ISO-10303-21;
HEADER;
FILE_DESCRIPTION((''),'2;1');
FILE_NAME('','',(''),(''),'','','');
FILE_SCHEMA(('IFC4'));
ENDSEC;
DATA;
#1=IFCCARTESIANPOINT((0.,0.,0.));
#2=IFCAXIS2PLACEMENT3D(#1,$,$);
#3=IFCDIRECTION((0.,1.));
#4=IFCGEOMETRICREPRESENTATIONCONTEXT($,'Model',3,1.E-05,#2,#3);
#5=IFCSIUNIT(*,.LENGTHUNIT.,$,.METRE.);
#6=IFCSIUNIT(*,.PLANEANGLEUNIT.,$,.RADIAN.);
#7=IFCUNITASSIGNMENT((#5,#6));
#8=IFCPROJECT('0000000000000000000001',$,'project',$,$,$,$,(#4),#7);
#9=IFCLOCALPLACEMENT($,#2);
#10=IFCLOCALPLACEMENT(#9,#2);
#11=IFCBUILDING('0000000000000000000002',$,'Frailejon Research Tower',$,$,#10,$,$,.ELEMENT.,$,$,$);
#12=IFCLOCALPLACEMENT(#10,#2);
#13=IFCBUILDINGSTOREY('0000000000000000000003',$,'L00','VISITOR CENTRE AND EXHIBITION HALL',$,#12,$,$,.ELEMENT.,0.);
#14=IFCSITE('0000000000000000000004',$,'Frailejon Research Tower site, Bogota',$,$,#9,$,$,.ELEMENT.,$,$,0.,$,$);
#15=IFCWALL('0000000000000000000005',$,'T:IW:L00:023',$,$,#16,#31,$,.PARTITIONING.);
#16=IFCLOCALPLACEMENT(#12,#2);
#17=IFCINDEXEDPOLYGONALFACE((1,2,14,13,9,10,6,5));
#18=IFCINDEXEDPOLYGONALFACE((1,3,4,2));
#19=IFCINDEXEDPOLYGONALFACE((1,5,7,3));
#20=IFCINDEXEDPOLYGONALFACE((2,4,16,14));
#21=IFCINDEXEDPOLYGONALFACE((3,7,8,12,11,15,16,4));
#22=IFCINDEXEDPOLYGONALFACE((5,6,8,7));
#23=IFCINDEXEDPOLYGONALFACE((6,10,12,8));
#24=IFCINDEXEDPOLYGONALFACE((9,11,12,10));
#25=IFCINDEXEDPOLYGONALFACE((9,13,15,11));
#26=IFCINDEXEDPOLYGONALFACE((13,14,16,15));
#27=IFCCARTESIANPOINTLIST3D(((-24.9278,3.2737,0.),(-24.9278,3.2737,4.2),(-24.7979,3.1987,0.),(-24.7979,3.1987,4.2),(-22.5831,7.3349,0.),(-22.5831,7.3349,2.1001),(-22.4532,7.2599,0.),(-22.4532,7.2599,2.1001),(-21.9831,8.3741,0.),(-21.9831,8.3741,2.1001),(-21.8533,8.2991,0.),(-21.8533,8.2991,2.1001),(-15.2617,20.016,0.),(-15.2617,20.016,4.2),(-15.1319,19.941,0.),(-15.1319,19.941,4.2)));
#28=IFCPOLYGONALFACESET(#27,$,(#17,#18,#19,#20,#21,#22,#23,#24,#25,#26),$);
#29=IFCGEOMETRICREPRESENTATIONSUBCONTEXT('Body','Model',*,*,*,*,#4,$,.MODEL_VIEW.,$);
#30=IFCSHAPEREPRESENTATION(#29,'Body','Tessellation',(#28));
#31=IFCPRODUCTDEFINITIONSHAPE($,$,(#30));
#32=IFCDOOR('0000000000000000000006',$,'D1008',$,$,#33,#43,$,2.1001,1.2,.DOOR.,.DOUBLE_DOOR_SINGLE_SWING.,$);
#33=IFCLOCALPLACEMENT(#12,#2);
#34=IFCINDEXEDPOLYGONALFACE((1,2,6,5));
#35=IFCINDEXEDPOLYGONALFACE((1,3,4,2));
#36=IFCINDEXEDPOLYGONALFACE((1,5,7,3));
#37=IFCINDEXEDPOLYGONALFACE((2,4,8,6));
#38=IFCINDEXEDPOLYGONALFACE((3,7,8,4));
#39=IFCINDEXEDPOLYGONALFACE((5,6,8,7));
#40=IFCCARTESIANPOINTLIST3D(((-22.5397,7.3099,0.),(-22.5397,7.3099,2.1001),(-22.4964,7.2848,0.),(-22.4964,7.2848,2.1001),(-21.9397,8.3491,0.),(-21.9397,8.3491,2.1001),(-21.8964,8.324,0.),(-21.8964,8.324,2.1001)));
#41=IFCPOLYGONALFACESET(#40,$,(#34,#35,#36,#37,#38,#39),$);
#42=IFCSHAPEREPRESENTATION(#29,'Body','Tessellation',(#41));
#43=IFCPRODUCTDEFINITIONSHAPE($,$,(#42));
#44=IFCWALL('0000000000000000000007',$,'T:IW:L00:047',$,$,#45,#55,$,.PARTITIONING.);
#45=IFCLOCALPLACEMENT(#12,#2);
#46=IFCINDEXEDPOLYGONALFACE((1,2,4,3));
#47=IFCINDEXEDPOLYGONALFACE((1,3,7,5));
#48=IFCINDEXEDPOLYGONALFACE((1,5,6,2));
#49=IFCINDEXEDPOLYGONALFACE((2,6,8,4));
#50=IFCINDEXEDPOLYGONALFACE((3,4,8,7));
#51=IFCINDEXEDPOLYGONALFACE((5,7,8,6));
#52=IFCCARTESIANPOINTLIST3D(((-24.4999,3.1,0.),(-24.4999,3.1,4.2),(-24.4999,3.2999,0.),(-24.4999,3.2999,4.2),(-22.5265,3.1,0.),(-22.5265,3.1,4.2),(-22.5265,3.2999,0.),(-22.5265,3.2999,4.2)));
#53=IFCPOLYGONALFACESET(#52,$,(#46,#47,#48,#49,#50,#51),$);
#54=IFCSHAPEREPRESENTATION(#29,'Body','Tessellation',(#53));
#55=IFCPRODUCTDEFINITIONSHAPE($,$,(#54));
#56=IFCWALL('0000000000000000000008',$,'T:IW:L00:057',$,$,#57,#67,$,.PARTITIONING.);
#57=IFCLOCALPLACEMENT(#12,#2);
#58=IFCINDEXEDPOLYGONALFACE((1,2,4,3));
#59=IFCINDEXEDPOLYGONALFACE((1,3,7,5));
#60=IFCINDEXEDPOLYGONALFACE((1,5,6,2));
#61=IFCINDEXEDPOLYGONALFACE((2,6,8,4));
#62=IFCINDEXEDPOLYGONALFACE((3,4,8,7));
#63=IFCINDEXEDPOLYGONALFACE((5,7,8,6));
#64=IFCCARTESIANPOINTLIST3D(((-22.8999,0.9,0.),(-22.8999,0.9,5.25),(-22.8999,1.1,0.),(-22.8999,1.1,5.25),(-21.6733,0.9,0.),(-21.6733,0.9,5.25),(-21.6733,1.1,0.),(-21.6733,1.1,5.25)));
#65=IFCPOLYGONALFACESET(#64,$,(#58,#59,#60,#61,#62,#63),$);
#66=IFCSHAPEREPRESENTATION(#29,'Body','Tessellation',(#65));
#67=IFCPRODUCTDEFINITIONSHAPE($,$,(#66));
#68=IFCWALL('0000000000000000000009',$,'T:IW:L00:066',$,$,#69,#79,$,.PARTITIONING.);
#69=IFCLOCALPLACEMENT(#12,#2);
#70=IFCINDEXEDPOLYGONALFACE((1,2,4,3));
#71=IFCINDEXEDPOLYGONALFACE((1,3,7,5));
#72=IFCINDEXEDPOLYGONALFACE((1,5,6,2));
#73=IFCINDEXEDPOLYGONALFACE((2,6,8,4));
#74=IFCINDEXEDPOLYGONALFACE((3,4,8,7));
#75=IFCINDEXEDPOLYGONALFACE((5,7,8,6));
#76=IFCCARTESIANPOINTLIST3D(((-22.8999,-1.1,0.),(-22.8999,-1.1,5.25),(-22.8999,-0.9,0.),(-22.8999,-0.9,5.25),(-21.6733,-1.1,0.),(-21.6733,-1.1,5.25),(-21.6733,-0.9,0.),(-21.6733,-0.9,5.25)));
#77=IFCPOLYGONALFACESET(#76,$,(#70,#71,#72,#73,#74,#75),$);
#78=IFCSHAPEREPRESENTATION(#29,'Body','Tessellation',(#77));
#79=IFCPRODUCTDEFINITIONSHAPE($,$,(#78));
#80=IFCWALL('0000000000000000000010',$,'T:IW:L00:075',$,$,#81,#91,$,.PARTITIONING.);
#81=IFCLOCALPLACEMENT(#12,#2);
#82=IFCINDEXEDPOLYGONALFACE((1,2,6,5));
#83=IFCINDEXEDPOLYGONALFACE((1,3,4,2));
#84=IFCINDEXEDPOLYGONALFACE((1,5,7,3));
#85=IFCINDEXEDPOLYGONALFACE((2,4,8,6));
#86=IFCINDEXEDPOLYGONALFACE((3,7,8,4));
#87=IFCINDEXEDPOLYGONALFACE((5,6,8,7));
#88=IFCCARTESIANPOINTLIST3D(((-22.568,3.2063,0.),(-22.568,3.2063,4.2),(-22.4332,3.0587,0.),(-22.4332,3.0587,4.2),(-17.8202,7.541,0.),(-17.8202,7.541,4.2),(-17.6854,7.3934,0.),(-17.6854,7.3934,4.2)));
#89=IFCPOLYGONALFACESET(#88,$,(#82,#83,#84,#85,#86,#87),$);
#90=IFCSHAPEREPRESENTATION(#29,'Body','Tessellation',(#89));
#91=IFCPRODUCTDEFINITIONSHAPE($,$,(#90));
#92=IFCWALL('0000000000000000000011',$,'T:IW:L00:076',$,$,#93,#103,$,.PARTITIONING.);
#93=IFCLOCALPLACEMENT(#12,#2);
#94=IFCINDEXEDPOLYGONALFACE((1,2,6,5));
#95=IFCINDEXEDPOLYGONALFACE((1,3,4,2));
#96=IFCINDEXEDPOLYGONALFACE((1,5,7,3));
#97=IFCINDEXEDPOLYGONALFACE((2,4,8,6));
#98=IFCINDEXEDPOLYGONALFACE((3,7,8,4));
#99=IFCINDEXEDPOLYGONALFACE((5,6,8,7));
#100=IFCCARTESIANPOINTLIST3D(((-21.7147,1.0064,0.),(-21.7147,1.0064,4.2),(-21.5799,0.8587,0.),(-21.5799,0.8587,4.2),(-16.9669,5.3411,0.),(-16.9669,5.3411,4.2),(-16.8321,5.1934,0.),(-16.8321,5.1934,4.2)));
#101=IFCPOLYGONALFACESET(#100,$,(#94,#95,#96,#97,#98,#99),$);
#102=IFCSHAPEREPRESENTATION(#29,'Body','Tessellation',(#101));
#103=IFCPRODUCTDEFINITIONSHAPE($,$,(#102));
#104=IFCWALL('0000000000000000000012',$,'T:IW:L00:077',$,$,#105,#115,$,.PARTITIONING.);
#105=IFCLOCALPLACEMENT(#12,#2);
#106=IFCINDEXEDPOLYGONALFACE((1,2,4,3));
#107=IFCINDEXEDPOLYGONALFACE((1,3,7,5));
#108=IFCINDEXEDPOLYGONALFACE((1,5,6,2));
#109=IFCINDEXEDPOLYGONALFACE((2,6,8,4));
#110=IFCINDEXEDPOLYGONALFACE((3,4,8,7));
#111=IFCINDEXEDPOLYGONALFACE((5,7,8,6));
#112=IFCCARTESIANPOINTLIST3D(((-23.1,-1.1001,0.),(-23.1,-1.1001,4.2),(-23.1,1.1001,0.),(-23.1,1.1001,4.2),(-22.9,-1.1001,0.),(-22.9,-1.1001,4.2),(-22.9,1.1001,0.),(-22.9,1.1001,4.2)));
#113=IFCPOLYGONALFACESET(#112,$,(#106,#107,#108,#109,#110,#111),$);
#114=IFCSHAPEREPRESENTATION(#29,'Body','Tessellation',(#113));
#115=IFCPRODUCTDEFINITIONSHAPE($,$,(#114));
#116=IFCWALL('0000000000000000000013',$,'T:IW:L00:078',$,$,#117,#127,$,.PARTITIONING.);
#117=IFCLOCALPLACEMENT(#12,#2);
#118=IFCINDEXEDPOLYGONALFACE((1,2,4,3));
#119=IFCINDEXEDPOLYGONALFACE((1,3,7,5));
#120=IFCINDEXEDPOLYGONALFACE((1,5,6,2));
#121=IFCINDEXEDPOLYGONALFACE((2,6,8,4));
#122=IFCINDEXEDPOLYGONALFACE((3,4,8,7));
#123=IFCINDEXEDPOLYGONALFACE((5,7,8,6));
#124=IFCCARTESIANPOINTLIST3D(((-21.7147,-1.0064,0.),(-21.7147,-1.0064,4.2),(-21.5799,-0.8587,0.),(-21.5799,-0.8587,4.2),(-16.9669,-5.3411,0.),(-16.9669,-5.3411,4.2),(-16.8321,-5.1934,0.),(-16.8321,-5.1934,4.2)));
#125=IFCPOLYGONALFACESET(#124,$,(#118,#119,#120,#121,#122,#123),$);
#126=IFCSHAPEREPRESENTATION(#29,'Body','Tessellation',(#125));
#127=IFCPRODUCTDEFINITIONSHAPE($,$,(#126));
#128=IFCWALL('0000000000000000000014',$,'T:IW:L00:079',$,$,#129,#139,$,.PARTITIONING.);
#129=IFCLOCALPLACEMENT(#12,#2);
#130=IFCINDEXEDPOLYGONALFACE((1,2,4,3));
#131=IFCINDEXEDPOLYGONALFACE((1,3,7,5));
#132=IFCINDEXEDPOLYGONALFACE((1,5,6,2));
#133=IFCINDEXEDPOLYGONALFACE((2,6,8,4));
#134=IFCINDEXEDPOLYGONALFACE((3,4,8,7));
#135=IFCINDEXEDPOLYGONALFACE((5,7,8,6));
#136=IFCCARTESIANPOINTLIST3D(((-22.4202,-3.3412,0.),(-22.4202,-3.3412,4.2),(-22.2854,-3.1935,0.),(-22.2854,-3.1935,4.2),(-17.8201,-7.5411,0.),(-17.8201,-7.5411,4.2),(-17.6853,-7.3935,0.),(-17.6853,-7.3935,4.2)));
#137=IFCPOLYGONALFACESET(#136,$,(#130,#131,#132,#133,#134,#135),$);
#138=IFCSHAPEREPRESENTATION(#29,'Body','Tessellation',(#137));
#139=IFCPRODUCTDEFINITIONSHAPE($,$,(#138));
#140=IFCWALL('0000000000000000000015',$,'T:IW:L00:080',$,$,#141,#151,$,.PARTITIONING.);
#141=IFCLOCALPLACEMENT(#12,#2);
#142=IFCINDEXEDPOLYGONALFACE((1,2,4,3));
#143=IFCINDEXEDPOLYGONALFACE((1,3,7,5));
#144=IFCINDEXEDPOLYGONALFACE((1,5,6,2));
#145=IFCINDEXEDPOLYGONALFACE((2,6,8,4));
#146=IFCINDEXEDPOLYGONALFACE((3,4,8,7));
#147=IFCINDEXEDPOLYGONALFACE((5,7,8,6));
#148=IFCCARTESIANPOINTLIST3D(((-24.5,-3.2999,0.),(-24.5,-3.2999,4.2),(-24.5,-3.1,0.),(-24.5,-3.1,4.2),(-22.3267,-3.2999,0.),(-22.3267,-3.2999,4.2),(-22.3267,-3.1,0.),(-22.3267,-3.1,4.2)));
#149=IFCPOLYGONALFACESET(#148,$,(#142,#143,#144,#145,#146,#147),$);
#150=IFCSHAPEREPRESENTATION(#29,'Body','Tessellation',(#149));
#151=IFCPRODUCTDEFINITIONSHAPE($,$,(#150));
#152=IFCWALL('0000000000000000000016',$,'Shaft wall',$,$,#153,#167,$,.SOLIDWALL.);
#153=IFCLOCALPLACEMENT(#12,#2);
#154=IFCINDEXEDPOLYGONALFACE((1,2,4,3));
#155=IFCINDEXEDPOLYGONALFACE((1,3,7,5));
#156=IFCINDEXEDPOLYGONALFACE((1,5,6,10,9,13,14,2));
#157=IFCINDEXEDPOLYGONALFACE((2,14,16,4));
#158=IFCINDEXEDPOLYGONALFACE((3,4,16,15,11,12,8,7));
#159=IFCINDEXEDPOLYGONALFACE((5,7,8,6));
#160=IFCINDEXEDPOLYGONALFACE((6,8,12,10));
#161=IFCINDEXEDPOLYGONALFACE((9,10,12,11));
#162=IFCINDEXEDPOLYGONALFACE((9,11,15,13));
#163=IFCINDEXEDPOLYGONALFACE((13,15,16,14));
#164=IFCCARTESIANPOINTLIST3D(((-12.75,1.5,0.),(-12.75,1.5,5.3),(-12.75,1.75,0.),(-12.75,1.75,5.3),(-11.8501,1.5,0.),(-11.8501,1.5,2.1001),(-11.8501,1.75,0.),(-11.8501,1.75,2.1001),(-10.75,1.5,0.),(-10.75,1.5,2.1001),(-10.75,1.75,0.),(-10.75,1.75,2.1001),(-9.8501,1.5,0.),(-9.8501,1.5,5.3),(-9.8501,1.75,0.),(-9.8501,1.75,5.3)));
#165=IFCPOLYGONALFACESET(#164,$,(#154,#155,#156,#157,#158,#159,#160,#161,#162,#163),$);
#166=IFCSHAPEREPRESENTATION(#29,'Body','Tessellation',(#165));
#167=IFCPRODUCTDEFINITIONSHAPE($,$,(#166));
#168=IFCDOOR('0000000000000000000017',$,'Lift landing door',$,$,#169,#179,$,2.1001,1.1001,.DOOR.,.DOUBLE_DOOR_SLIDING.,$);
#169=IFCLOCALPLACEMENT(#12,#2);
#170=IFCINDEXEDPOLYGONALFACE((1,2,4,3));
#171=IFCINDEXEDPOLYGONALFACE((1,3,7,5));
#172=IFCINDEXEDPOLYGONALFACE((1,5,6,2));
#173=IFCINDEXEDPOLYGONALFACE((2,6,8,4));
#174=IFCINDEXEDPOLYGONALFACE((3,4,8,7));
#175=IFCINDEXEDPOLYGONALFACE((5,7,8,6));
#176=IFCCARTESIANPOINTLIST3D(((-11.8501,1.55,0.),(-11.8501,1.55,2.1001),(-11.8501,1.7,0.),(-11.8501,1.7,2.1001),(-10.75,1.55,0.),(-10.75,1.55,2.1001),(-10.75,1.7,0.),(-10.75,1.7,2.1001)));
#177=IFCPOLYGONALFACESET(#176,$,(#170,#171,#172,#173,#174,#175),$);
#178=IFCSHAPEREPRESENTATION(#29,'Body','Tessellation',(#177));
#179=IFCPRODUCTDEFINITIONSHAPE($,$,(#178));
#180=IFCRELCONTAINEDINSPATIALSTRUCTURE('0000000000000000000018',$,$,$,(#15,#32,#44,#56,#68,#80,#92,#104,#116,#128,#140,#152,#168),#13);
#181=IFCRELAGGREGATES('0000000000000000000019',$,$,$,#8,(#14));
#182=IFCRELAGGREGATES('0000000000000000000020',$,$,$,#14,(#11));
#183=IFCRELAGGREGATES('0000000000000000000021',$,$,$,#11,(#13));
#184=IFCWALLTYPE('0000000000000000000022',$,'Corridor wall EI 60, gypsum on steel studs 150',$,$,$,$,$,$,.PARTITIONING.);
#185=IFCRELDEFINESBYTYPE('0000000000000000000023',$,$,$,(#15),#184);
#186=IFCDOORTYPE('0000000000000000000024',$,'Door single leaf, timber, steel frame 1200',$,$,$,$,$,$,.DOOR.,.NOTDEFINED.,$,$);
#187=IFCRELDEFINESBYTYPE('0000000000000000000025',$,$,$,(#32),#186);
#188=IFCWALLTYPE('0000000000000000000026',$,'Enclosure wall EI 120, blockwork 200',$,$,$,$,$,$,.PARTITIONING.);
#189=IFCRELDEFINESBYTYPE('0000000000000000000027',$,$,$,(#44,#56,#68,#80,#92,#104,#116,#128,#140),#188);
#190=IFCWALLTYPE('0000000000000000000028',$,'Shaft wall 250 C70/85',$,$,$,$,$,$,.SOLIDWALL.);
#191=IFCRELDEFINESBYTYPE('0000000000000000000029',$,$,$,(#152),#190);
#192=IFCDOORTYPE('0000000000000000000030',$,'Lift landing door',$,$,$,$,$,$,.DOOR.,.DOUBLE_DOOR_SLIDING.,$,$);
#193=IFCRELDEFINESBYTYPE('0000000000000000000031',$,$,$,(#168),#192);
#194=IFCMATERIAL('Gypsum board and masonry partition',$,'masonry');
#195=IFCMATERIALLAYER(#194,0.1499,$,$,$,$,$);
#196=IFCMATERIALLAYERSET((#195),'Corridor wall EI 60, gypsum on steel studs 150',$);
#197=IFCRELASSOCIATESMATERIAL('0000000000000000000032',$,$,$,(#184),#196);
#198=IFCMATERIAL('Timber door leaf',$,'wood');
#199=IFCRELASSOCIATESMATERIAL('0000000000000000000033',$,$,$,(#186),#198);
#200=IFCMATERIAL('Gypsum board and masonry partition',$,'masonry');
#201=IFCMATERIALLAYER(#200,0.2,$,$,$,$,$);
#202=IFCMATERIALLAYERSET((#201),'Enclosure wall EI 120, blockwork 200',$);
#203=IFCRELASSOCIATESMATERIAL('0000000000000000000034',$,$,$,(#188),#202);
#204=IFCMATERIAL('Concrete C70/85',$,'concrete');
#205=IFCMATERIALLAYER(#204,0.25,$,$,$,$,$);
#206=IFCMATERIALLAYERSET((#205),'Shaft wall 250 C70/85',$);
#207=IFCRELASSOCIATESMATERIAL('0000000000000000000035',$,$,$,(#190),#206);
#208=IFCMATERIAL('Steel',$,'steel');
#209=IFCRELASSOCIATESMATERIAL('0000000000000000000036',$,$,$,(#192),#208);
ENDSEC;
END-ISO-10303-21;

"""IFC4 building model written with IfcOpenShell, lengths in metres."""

from ifc_helpers import new_model, si_unit, direction, frame, frame_2d, origin, place, context, subcontext, project, spatial, rectangle, extrude, material, layer, layer_set, type_object, element, fill, save


model = new_model("IFC4")

# Units and contexts
model_context = context("Model", 3, precision=1e-05, world=origin(), true_north=direction((0.0, 1.0)))
body_context = subcontext(model_context, "Body", "Model", "MODEL_VIEW")
ifc_project = project(units=[si_unit("LENGTHUNIT", "METRE"), si_unit("PLANEANGLEUNIT", "RADIAN")], contexts=[model_context])

# Site, building, storey
site_placement = place(None, origin())
site = spatial("IfcSite", under=ifc_project, at=site_placement, Name="Frailejon Research Tower site, Bogota", CompositionType="ELEMENT", RefElevation=0.0)
building_placement = place(site_placement, origin())
building = spatial("IfcBuilding", under=site, at=building_placement, Name="Frailejon Research Tower", CompositionType="ELEMENT")
storey_placement = place(building_placement, origin())
storey = spatial("IfcBuildingStorey", under=building, at=storey_placement, Name="L00", Description="VISITOR CENTRE AND EXHIBITION HALL", CompositionType="ELEMENT", Elevation=0.0)

# Wall, opening, door
ifc_material_1 = material(Name="Gypsum board and masonry partition", Category="masonry")
ifc_layer_1 = layer(ifc_material_1, 0.1499)
ifc_layer_set_1 = layer_set([ifc_layer_1], Name="Corridor wall EI 60, gypsum on steel studs 150")
wall_type_1 = type_object("IfcWallType", Name="Corridor wall EI 60, gypsum on steel studs 150", PredefinedType="PARTITIONING", material=ifc_layer_set_1)
wall_1_placement = place(storey_placement, frame((-24.8628, 3.2363, 0.0), z_axis=(0.0, 0.0, 1.0), x_axis=(0.499996, 0.866027, 0.0)))
wall_1 = element("IfcWall", 1, at=wall_1_placement, inside=storey, type_object=wall_type_1, Name="T:IW:L00:023", PredefinedType="PARTITIONING", context=body_context, shape_type="SweptSolid", body=[
    extrude(rectangle(XDim=19.3323, YDim=0.1499, at=frame_2d((9.666, 0.0))), origin(), (0.0, 0.0, 1.0), 4.2),
])
opening_1_placement = place(wall_1_placement, frame((4.6892, 0.0, 0.0)))
opening_1 = element("IfcOpeningElement", 2, at=opening_1_placement, cuts=wall_1, PredefinedType="OPENING", context=body_context, shape_type="SweptSolid", body=[
    extrude(rectangle(XDim=1.2, YDim=2.1001, at=frame_2d((0.6001, 1.05))), frame((0.0, 0.085, 0.0), z_axis=(0.0, -1.0, 0.0), x_axis=(1.0, 0.0, 0.0)), (0.0, 0.0, 1.0), 0.1699),
])
ifc_material_2 = material(Name="Timber door leaf", Category="wood")
door_type_1 = type_object("IfcDoorType", Name="Door single leaf, timber, steel frame 1200", OperationType="NOTDEFINED", PredefinedType="DOOR", material=ifc_material_2)
door_1_placement = place(opening_1_placement, origin())
door_1 = element("IfcDoor", 3, at=door_1_placement, inside=storey, type_object=door_type_1, Name="D1008", OperationType="DOUBLE_DOOR_SINGLE_SWING", OverallHeight=2.1001, OverallWidth=1.2, PredefinedType="DOOR", context=body_context, shape_type="SweptSolid", body=[
    extrude(rectangle(XDim=1.2, YDim=2.1001, at=frame_2d((0.6001, 1.05))), frame((0.0, 0.0249, 0.0), z_axis=(0.0, -1.0, 0.0), x_axis=(1.0, 0.0, 0.0)), (0.0, 0.0, 1.0), 0.05),
])
fill(opening_1, door_1)

# Walls
ifc_material_3 = material(Name="Gypsum board and masonry partition", Category="masonry")
ifc_layer_2 = layer(ifc_material_3, 0.2)
ifc_layer_set_2 = layer_set([ifc_layer_2], Name="Enclosure wall EI 120, blockwork 200")
wall_type_2 = type_object("IfcWallType", Name="Enclosure wall EI 120, blockwork 200", PredefinedType="PARTITIONING", material=ifc_layer_set_2)
wall_2_placement = place(storey_placement, frame((-24.5, 3.2, 0.0), z_axis=(0.0, 0.0, 1.0), x_axis=(1.0, 0.0, 0.0)))
element("IfcWall", 4, at=wall_2_placement, inside=storey, type_object=wall_type_2, Name="T:IW:L00:047", PredefinedType="PARTITIONING", context=body_context, shape_type="SweptSolid", body=[
    extrude(rectangle(XDim=1.9734, YDim=0.2, at=frame_2d((0.9868, 0.0))), origin(), (0.0, 0.0, 1.0), 4.2),
])
for number, where, z_axis, x_axis, name in (
    (5, (-22.8999, 1.0, 0.0), (0.0, 0.0, 1.0), (1.0, 0.0, 0.0), "T:IW:L00:057"),
    (6, (-22.8999, -1.0, 0.0), (0.0, 0.0, 1.0), (1.0, 0.0, 0.0), "T:IW:L00:066"),
):
    element("IfcWall", number, at=place(storey_placement, frame(where, z_axis=z_axis, x_axis=x_axis)), inside=storey, type_object=wall_type_2, Name=name, PredefinedType="PARTITIONING", context=body_context, shape_type="SweptSolid", body=[
        extrude(rectangle(XDim=1.2266, YDim=0.2, at=frame_2d((0.6133, 0.0))), origin(), (0.0, 0.0, 1.0), 5.25),
    ])
for number, where, z_axis, x_axis, name in (
    (7, (-22.5005, 3.1326, 0.0), (0.0, 0.0, 1.0), (0.738504, 0.67425, 0.0), "T:IW:L00:075"),
    (8, (-21.6472, 0.9326, 0.0), (0.0, 0.0, 1.0), (0.738504, 0.67425, 0.0), "T:IW:L00:076"),
):
    element("IfcWall", number, at=place(storey_placement, frame(where, z_axis=z_axis, x_axis=x_axis)), inside=storey, type_object=wall_type_2, Name=name, PredefinedType="PARTITIONING", context=body_context, shape_type="SweptSolid", body=[
        extrude(rectangle(XDim=6.429, YDim=0.2, at=frame_2d((3.2144, 0.0))), origin(), (0.0, 0.0, 1.0), 4.2),
    ])
wall_3_placement = place(storey_placement, frame((-23.0, -1.1001, 0.0), z_axis=(0.0, 0.0, 1.0), x_axis=(0.0, 1.0, 0.0)))
element("IfcWall", 9, at=wall_3_placement, inside=storey, type_object=wall_type_2, Name="T:IW:L00:077", PredefinedType="PARTITIONING", context=body_context, shape_type="SweptSolid", body=[
    extrude(rectangle(XDim=2.2002, YDim=0.2, at=frame_2d((1.1001, 0.0))), origin(), (0.0, 0.0, 1.0), 4.2),
])
wall_4_placement = place(storey_placement, frame((-21.6472, -0.9326, 0.0), z_axis=(0.0, 0.0, 1.0), x_axis=(0.738504, -0.67425, 0.0)))
element("IfcWall", 10, at=wall_4_placement, inside=storey, type_object=wall_type_2, Name="T:IW:L00:078", PredefinedType="PARTITIONING", context=body_context, shape_type="SweptSolid", body=[
    extrude(rectangle(XDim=6.429, YDim=0.2, at=frame_2d((3.2144, 0.0))), origin(), (0.0, 0.0, 1.0), 4.2),
])
wall_5_placement = place(storey_placement, frame((-22.3528, -3.2673, 0.0), z_axis=(0.0, 0.0, 1.0), x_axis=(0.738497, -0.674257, 0.0)))
element("IfcWall", 11, at=wall_5_placement, inside=storey, type_object=wall_type_2, Name="T:IW:L00:079", PredefinedType="PARTITIONING", context=body_context, shape_type="SweptSolid", body=[
    extrude(rectangle(XDim=6.229, YDim=0.2, at=frame_2d((3.1145, 0.0))), origin(), (0.0, 0.0, 1.0), 4.2),
])
wall_6_placement = place(storey_placement, frame((-24.5, -3.2, 0.0), z_axis=(0.0, 0.0, 1.0), x_axis=(1.0, 0.0, 0.0)))
element("IfcWall", 12, at=wall_6_placement, inside=storey, type_object=wall_type_2, Name="T:IW:L00:080", PredefinedType="PARTITIONING", context=body_context, shape_type="SweptSolid", body=[
    extrude(rectangle(XDim=2.1733, YDim=0.2, at=frame_2d((1.0867, 0.0))), origin(), (0.0, 0.0, 1.0), 4.2),
])

# Wall, opening, door
ifc_material_4 = material(Name="Concrete C70/85", Category="concrete")
ifc_layer_3 = layer(ifc_material_4, 0.25)
ifc_layer_set_3 = layer_set([ifc_layer_3], Name="Shaft wall 250 C70/85")
wall_type_3 = type_object("IfcWallType", Name="Shaft wall 250 C70/85", PredefinedType="SOLIDWALL", material=ifc_layer_set_3)
wall_7_placement = place(storey_placement, frame((-12.75, 1.625, 0.0), z_axis=(0.0, 0.0, 1.0), x_axis=(1.0, 0.0, 0.0)))
wall_7 = element("IfcWall", 13, at=wall_7_placement, inside=storey, type_object=wall_type_3, Name="Shaft wall", PredefinedType="SOLIDWALL", context=body_context, shape_type="SweptSolid", body=[
    extrude(rectangle(XDim=2.8999, YDim=0.25, at=frame_2d((1.45, 0.0))), origin(), (0.0, 0.0, 1.0), 5.3),
])
opening_2_placement = place(wall_7_placement, frame((0.8999, 0.0, 0.0)))
opening_2 = element("IfcOpeningElement", 14, at=opening_2_placement, cuts=wall_7, PredefinedType="OPENING", context=body_context, shape_type="SweptSolid", body=[
    extrude(rectangle(XDim=1.1001, YDim=2.1001, at=frame_2d((0.55, 1.05))), frame((0.0, 0.135, 0.0), z_axis=(0.0, -1.0, 0.0), x_axis=(1.0, 0.0, 0.0)), (0.0, 0.0, 1.0), 0.27),
])
ifc_material_5 = material(Name="Steel", Category="steel")
door_type_2 = type_object("IfcDoorType", Name="Lift landing door", OperationType="DOUBLE_DOOR_SLIDING", PredefinedType="DOOR", material=ifc_material_5)
door_2_placement = place(opening_2_placement, origin())
door_2 = element("IfcDoor", 15, at=door_2_placement, inside=storey, type_object=door_type_2, Name="Lift landing door", OperationType="DOUBLE_DOOR_SLIDING", OverallHeight=2.1001, OverallWidth=1.1001, PredefinedType="DOOR", context=body_context, shape_type="SweptSolid", body=[
    extrude(rectangle(XDim=1.1001, YDim=2.1001, at=frame_2d((0.55, 1.05))), frame((0.0, 0.075, 0.0), z_axis=(0.0, -1.0, 0.0), x_axis=(1.0, 0.0, 0.0)), (0.0, 0.0, 1.0), 0.1499),
])
fill(opening_2, door_2)

save(model, "model.ifc")
